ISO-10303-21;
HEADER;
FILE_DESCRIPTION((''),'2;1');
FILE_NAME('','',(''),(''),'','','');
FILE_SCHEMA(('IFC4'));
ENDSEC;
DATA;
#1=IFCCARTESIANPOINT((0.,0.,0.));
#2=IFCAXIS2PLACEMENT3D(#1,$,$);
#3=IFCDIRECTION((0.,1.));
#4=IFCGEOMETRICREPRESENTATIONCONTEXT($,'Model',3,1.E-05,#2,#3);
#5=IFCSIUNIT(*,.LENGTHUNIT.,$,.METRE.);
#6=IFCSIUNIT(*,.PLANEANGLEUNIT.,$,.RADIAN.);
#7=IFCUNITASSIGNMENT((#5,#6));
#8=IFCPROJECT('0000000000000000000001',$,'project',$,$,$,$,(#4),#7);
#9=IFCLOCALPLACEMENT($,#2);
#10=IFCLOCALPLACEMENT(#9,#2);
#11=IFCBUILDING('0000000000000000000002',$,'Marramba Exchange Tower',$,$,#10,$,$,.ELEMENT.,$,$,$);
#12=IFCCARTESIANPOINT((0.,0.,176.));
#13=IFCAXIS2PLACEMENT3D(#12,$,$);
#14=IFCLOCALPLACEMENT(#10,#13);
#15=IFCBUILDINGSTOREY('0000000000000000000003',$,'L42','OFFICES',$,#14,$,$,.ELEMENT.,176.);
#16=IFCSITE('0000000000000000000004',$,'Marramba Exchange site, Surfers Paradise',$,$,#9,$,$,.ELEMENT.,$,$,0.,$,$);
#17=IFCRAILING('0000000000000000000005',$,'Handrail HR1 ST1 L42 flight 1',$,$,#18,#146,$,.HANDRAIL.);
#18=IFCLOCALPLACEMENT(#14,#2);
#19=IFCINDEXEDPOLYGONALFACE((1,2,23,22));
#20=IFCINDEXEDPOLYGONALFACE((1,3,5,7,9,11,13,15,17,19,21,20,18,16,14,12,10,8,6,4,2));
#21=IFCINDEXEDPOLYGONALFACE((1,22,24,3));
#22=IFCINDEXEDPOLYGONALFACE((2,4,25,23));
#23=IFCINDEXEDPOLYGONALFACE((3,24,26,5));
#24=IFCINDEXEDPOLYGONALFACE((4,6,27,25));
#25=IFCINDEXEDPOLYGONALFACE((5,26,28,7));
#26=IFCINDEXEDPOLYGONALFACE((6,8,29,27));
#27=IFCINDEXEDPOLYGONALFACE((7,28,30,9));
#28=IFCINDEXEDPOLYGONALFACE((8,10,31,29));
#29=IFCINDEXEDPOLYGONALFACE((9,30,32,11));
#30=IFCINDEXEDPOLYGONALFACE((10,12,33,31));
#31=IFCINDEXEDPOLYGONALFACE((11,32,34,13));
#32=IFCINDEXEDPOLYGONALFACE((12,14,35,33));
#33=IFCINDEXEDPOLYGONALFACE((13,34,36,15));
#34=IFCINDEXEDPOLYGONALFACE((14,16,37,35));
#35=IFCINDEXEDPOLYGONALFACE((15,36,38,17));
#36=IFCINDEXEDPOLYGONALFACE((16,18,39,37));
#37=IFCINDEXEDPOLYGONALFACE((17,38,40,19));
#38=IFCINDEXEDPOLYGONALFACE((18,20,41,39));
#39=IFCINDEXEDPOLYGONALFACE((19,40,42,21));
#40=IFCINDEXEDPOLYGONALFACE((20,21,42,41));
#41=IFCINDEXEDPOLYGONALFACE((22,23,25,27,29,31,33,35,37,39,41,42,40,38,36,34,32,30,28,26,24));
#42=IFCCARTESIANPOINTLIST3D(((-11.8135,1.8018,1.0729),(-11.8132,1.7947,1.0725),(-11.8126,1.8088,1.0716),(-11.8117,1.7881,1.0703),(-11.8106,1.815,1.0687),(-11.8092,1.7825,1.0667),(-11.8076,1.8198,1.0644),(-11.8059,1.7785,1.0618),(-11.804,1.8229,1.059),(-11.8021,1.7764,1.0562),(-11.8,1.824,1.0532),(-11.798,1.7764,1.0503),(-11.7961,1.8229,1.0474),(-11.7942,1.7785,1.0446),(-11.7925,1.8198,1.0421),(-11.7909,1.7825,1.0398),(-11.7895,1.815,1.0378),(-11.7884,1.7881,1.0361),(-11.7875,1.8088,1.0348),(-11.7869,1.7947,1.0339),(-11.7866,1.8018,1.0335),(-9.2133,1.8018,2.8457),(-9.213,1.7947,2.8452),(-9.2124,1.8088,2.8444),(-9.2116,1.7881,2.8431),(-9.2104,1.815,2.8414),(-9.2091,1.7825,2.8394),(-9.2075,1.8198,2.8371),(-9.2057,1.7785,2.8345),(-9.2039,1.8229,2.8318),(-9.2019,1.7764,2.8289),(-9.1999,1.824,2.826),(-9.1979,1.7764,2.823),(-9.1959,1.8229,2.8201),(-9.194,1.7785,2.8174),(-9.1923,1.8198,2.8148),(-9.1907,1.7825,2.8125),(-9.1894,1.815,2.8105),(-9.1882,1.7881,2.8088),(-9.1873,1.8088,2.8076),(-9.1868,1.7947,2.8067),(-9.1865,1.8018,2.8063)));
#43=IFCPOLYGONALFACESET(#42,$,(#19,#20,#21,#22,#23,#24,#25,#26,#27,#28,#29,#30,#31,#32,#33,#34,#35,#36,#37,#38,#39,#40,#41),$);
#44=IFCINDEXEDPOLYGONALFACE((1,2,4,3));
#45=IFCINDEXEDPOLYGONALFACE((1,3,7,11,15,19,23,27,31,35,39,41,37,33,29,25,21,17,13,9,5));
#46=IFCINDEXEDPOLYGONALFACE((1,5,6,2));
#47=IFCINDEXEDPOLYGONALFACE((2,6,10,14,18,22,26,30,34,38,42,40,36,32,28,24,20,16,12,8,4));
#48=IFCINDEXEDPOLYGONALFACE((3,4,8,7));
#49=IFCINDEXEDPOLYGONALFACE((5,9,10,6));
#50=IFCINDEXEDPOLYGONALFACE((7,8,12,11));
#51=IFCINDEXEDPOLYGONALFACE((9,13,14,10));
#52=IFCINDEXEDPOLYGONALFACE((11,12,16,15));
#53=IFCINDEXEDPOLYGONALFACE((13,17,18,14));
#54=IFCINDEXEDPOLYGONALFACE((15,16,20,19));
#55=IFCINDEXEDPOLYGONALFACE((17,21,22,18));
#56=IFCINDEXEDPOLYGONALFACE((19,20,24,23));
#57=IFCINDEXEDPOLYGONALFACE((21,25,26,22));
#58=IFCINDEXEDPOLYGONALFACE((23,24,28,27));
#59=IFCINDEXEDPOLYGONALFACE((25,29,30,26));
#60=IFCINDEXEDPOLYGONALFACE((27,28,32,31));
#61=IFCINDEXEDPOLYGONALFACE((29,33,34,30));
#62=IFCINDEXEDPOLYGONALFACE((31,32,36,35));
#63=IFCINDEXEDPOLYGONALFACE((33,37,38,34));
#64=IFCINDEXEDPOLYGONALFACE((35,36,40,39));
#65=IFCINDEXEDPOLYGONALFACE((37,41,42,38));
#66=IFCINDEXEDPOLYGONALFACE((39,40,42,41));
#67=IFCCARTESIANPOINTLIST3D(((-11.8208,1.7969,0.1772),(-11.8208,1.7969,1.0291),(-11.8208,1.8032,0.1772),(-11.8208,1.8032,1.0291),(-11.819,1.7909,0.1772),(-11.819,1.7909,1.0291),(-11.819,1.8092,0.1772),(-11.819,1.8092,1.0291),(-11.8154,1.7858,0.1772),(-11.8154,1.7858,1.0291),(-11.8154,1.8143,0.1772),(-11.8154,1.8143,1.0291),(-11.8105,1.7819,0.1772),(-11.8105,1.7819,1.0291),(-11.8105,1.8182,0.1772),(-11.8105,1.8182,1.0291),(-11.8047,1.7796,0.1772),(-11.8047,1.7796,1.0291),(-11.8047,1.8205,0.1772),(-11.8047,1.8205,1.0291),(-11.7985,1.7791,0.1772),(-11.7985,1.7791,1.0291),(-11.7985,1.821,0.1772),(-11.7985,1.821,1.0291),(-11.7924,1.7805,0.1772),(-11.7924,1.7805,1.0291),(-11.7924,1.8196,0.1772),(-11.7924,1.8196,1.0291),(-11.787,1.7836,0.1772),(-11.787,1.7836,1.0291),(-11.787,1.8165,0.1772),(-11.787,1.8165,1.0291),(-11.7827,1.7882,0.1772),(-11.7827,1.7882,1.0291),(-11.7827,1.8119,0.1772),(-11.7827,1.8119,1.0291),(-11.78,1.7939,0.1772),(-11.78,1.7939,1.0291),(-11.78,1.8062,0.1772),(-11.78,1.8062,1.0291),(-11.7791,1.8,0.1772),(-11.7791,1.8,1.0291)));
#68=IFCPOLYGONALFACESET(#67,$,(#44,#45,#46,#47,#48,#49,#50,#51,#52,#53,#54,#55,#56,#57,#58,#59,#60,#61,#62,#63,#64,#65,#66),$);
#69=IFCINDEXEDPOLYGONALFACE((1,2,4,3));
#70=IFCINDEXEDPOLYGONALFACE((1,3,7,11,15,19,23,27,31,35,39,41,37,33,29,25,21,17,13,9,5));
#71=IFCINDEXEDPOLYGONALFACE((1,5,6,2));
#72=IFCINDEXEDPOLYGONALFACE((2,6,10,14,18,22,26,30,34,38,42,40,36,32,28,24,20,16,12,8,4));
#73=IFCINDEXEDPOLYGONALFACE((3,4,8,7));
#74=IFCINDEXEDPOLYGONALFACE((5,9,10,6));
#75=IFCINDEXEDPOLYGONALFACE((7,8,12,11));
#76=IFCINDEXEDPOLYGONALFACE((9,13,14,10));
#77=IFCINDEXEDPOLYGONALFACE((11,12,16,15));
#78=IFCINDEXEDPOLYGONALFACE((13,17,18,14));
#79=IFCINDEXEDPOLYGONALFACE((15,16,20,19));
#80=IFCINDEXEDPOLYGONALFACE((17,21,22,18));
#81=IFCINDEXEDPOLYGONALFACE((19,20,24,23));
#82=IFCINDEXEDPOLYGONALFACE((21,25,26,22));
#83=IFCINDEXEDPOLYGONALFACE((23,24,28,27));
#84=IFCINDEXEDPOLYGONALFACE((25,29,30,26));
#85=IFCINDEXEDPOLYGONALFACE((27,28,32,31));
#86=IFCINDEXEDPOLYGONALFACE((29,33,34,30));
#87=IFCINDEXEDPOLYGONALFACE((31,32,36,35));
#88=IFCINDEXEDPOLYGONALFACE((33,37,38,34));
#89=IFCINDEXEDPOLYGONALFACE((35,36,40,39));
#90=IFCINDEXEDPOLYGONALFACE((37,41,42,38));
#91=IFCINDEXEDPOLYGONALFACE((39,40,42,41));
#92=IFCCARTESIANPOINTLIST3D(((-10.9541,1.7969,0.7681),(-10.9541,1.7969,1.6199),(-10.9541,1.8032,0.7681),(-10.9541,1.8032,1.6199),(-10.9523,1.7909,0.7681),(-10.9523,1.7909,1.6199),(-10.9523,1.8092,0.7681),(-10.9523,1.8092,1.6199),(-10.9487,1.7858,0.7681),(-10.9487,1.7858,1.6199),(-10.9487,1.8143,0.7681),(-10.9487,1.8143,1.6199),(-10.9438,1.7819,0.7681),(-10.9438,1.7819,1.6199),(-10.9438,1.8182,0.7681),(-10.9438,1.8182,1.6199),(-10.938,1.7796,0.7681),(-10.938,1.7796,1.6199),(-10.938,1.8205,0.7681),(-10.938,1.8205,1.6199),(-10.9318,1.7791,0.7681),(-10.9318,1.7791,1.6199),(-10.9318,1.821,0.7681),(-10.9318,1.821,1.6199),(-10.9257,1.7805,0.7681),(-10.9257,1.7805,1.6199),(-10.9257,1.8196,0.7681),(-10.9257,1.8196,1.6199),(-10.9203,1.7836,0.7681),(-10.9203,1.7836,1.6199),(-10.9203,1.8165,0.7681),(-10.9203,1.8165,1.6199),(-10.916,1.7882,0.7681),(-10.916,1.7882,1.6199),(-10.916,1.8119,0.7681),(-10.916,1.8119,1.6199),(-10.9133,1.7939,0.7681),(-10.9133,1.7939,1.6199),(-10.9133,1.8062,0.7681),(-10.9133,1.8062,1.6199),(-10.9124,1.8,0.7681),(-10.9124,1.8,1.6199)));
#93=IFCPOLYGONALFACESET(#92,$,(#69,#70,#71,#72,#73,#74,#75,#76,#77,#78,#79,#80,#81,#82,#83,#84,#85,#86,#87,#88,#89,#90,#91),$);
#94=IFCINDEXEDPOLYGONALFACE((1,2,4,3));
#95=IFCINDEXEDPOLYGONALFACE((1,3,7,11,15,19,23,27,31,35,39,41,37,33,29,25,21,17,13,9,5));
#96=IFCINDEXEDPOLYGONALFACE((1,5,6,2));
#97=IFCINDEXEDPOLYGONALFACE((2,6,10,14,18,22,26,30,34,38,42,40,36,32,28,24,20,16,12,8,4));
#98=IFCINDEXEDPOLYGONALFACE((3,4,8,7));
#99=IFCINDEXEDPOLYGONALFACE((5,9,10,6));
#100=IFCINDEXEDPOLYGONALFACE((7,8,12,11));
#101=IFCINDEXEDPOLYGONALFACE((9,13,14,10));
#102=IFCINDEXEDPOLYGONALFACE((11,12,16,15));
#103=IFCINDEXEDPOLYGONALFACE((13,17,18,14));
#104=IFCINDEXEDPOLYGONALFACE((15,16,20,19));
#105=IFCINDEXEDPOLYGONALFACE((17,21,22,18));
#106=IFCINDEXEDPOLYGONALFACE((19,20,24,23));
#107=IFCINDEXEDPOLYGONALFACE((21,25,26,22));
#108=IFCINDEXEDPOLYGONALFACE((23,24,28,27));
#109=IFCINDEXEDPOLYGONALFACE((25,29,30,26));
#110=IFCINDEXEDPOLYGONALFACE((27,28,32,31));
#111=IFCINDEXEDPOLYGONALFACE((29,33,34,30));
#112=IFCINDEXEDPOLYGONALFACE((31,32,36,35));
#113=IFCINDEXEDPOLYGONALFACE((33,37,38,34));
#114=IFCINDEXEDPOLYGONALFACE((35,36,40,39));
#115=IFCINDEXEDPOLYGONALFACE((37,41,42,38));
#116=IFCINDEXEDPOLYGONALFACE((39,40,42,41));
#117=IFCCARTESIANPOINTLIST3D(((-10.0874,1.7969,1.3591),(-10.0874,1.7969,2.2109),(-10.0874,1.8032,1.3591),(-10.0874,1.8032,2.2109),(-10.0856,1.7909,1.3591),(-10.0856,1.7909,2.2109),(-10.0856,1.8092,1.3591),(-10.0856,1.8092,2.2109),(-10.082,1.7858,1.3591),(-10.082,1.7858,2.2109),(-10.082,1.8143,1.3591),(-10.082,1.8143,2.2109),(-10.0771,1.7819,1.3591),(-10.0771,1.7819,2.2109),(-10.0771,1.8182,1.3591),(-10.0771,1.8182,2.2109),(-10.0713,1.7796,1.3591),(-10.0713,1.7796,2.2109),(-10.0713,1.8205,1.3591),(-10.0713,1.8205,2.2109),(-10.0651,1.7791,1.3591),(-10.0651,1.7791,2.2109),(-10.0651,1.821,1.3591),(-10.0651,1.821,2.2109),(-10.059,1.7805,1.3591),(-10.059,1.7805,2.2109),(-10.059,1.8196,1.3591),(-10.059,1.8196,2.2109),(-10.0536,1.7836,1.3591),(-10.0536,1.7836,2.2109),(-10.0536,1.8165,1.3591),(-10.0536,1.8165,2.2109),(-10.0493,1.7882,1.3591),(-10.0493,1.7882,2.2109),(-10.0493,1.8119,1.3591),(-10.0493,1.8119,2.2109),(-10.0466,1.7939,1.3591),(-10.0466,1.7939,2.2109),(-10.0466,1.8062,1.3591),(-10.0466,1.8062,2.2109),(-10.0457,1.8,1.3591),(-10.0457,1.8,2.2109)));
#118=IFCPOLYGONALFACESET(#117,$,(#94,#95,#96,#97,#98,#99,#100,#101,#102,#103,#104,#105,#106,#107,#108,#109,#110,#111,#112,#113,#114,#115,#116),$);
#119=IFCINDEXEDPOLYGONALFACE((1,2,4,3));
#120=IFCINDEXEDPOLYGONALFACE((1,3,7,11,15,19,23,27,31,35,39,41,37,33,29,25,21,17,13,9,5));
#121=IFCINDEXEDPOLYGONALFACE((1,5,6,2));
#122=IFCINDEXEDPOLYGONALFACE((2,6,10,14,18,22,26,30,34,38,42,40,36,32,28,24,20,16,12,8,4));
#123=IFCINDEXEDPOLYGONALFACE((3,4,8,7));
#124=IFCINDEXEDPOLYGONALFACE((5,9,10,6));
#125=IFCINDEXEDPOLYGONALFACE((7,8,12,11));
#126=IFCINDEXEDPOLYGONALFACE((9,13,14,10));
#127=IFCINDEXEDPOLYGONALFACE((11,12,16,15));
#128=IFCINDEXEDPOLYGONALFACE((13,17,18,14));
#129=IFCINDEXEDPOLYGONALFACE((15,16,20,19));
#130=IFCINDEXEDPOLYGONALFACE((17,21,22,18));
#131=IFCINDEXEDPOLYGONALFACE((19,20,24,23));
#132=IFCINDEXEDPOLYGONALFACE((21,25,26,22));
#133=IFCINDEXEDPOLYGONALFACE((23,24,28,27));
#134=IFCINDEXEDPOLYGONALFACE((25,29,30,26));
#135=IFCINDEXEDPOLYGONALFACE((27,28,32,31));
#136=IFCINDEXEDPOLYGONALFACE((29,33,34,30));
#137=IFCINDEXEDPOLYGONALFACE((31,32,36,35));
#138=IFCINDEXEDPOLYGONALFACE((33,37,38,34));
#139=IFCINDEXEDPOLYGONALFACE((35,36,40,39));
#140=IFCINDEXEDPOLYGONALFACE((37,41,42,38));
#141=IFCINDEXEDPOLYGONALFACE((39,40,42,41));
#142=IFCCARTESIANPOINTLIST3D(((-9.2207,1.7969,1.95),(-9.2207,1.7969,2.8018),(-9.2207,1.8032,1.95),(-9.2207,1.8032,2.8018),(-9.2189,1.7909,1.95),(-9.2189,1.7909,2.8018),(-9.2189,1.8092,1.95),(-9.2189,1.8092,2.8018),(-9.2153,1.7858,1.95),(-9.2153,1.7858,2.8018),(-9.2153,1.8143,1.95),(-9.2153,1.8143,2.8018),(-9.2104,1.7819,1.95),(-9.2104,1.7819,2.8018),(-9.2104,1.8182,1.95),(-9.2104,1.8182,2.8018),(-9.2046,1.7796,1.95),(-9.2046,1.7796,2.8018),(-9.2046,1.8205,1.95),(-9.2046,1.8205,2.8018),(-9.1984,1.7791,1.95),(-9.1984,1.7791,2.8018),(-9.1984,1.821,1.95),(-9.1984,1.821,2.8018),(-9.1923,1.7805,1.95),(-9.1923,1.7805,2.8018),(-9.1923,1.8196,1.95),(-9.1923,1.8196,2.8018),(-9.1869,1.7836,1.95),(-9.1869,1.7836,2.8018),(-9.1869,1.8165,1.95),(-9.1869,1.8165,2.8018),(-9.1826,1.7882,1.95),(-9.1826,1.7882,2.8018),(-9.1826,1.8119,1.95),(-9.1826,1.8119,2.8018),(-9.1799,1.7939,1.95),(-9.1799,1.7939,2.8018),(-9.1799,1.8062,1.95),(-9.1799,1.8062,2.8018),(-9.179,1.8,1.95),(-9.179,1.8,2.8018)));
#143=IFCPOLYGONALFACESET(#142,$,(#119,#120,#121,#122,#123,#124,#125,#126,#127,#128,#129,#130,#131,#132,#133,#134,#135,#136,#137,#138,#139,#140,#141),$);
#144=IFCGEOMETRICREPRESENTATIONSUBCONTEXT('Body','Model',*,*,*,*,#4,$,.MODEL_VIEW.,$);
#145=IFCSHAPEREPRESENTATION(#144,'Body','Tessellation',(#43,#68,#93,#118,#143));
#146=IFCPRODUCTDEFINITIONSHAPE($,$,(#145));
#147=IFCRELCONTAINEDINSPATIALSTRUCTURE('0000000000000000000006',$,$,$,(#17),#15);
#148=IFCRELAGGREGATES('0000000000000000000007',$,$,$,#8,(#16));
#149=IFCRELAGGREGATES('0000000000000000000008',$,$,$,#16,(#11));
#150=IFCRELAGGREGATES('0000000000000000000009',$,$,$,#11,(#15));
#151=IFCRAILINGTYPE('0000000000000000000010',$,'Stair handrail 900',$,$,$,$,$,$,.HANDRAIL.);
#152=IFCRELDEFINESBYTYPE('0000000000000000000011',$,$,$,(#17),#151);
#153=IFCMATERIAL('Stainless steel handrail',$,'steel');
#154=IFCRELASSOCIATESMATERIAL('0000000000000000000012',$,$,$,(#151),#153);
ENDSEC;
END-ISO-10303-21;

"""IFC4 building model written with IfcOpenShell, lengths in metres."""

from ifc_helpers import new_model, si_unit, direction, frame, origin, origin_2d, place, context, subcontext, project, spatial, circle, extrude, material, type_object, element, save


model = new_model("IFC4")

# Units and contexts
model_context = context("Model", 3, precision=1e-05, world=origin(), true_north=direction((0.0, 1.0)))
body_context = subcontext(model_context, "Body", "Model", "MODEL_VIEW")
ifc_project = project(units=[si_unit("LENGTHUNIT", "METRE"), si_unit("PLANEANGLEUNIT", "RADIAN")], contexts=[model_context])

# Site, building, storey
site_placement = place(None, origin())
site = spatial("IfcSite", under=ifc_project, at=site_placement, Name="Marramba Exchange site, Surfers Paradise", CompositionType="ELEMENT", RefElevation=0.0)
building_placement = place(site_placement, origin())
building = spatial("IfcBuilding", under=site, at=building_placement, Name="Marramba Exchange Tower", CompositionType="ELEMENT")
storey_placement = place(building_placement, frame((0.0, 0.0, 176.0)))
storey = spatial("IfcBuildingStorey", under=building, at=storey_placement, Name="L42", Description="OFFICES", CompositionType="ELEMENT", Elevation=176.0)

# Railing
ifc_material_1 = material(Name="Stainless steel handrail", Category="steel")
railing_type = type_object("IfcRailingType", Name="Stair handrail 900", PredefinedType="HANDRAIL", material=ifc_material_1)
railing_1_placement = place(storey_placement, frame((-11.8, 1.8, 0.1772)))
element("IfcRailing", 1, at=railing_1_placement, inside=storey, type_object=railing_type, Name="Handrail HR1 ST1 L42 flight 1", PredefinedType="HANDRAIL", context=body_context, shape_type="SweptSolid", body=[
    extrude(circle(Radius=0.0239, at=origin_2d()), frame((0.0, 0.0, 0.876), z_axis=(0.82624, 0.0, 0.563318), x_axis=(0.0, 1.0, 0.0)), (0.0, 0.0, 1.0), 3.147),
    extrude(circle(Radius=0.021, at=origin_2d()), origin(), (0.0, 0.0, 1.0), 0.8518),
    extrude(circle(Radius=0.021, at=origin_2d()), frame((0.8667, 0.0, 0.5908)), (0.0, 0.0, 1.0), 0.8518),
    extrude(circle(Radius=0.021, at=origin_2d()), frame((1.7334, 0.0, 1.1819)), (0.0, 0.0, 1.0), 0.8518),
    extrude(circle(Radius=0.021, at=origin_2d()), frame((2.6001, 0.0, 1.7727)), (0.0, 0.0, 1.0), 0.8518),
])

save(model, "model.ifc")
